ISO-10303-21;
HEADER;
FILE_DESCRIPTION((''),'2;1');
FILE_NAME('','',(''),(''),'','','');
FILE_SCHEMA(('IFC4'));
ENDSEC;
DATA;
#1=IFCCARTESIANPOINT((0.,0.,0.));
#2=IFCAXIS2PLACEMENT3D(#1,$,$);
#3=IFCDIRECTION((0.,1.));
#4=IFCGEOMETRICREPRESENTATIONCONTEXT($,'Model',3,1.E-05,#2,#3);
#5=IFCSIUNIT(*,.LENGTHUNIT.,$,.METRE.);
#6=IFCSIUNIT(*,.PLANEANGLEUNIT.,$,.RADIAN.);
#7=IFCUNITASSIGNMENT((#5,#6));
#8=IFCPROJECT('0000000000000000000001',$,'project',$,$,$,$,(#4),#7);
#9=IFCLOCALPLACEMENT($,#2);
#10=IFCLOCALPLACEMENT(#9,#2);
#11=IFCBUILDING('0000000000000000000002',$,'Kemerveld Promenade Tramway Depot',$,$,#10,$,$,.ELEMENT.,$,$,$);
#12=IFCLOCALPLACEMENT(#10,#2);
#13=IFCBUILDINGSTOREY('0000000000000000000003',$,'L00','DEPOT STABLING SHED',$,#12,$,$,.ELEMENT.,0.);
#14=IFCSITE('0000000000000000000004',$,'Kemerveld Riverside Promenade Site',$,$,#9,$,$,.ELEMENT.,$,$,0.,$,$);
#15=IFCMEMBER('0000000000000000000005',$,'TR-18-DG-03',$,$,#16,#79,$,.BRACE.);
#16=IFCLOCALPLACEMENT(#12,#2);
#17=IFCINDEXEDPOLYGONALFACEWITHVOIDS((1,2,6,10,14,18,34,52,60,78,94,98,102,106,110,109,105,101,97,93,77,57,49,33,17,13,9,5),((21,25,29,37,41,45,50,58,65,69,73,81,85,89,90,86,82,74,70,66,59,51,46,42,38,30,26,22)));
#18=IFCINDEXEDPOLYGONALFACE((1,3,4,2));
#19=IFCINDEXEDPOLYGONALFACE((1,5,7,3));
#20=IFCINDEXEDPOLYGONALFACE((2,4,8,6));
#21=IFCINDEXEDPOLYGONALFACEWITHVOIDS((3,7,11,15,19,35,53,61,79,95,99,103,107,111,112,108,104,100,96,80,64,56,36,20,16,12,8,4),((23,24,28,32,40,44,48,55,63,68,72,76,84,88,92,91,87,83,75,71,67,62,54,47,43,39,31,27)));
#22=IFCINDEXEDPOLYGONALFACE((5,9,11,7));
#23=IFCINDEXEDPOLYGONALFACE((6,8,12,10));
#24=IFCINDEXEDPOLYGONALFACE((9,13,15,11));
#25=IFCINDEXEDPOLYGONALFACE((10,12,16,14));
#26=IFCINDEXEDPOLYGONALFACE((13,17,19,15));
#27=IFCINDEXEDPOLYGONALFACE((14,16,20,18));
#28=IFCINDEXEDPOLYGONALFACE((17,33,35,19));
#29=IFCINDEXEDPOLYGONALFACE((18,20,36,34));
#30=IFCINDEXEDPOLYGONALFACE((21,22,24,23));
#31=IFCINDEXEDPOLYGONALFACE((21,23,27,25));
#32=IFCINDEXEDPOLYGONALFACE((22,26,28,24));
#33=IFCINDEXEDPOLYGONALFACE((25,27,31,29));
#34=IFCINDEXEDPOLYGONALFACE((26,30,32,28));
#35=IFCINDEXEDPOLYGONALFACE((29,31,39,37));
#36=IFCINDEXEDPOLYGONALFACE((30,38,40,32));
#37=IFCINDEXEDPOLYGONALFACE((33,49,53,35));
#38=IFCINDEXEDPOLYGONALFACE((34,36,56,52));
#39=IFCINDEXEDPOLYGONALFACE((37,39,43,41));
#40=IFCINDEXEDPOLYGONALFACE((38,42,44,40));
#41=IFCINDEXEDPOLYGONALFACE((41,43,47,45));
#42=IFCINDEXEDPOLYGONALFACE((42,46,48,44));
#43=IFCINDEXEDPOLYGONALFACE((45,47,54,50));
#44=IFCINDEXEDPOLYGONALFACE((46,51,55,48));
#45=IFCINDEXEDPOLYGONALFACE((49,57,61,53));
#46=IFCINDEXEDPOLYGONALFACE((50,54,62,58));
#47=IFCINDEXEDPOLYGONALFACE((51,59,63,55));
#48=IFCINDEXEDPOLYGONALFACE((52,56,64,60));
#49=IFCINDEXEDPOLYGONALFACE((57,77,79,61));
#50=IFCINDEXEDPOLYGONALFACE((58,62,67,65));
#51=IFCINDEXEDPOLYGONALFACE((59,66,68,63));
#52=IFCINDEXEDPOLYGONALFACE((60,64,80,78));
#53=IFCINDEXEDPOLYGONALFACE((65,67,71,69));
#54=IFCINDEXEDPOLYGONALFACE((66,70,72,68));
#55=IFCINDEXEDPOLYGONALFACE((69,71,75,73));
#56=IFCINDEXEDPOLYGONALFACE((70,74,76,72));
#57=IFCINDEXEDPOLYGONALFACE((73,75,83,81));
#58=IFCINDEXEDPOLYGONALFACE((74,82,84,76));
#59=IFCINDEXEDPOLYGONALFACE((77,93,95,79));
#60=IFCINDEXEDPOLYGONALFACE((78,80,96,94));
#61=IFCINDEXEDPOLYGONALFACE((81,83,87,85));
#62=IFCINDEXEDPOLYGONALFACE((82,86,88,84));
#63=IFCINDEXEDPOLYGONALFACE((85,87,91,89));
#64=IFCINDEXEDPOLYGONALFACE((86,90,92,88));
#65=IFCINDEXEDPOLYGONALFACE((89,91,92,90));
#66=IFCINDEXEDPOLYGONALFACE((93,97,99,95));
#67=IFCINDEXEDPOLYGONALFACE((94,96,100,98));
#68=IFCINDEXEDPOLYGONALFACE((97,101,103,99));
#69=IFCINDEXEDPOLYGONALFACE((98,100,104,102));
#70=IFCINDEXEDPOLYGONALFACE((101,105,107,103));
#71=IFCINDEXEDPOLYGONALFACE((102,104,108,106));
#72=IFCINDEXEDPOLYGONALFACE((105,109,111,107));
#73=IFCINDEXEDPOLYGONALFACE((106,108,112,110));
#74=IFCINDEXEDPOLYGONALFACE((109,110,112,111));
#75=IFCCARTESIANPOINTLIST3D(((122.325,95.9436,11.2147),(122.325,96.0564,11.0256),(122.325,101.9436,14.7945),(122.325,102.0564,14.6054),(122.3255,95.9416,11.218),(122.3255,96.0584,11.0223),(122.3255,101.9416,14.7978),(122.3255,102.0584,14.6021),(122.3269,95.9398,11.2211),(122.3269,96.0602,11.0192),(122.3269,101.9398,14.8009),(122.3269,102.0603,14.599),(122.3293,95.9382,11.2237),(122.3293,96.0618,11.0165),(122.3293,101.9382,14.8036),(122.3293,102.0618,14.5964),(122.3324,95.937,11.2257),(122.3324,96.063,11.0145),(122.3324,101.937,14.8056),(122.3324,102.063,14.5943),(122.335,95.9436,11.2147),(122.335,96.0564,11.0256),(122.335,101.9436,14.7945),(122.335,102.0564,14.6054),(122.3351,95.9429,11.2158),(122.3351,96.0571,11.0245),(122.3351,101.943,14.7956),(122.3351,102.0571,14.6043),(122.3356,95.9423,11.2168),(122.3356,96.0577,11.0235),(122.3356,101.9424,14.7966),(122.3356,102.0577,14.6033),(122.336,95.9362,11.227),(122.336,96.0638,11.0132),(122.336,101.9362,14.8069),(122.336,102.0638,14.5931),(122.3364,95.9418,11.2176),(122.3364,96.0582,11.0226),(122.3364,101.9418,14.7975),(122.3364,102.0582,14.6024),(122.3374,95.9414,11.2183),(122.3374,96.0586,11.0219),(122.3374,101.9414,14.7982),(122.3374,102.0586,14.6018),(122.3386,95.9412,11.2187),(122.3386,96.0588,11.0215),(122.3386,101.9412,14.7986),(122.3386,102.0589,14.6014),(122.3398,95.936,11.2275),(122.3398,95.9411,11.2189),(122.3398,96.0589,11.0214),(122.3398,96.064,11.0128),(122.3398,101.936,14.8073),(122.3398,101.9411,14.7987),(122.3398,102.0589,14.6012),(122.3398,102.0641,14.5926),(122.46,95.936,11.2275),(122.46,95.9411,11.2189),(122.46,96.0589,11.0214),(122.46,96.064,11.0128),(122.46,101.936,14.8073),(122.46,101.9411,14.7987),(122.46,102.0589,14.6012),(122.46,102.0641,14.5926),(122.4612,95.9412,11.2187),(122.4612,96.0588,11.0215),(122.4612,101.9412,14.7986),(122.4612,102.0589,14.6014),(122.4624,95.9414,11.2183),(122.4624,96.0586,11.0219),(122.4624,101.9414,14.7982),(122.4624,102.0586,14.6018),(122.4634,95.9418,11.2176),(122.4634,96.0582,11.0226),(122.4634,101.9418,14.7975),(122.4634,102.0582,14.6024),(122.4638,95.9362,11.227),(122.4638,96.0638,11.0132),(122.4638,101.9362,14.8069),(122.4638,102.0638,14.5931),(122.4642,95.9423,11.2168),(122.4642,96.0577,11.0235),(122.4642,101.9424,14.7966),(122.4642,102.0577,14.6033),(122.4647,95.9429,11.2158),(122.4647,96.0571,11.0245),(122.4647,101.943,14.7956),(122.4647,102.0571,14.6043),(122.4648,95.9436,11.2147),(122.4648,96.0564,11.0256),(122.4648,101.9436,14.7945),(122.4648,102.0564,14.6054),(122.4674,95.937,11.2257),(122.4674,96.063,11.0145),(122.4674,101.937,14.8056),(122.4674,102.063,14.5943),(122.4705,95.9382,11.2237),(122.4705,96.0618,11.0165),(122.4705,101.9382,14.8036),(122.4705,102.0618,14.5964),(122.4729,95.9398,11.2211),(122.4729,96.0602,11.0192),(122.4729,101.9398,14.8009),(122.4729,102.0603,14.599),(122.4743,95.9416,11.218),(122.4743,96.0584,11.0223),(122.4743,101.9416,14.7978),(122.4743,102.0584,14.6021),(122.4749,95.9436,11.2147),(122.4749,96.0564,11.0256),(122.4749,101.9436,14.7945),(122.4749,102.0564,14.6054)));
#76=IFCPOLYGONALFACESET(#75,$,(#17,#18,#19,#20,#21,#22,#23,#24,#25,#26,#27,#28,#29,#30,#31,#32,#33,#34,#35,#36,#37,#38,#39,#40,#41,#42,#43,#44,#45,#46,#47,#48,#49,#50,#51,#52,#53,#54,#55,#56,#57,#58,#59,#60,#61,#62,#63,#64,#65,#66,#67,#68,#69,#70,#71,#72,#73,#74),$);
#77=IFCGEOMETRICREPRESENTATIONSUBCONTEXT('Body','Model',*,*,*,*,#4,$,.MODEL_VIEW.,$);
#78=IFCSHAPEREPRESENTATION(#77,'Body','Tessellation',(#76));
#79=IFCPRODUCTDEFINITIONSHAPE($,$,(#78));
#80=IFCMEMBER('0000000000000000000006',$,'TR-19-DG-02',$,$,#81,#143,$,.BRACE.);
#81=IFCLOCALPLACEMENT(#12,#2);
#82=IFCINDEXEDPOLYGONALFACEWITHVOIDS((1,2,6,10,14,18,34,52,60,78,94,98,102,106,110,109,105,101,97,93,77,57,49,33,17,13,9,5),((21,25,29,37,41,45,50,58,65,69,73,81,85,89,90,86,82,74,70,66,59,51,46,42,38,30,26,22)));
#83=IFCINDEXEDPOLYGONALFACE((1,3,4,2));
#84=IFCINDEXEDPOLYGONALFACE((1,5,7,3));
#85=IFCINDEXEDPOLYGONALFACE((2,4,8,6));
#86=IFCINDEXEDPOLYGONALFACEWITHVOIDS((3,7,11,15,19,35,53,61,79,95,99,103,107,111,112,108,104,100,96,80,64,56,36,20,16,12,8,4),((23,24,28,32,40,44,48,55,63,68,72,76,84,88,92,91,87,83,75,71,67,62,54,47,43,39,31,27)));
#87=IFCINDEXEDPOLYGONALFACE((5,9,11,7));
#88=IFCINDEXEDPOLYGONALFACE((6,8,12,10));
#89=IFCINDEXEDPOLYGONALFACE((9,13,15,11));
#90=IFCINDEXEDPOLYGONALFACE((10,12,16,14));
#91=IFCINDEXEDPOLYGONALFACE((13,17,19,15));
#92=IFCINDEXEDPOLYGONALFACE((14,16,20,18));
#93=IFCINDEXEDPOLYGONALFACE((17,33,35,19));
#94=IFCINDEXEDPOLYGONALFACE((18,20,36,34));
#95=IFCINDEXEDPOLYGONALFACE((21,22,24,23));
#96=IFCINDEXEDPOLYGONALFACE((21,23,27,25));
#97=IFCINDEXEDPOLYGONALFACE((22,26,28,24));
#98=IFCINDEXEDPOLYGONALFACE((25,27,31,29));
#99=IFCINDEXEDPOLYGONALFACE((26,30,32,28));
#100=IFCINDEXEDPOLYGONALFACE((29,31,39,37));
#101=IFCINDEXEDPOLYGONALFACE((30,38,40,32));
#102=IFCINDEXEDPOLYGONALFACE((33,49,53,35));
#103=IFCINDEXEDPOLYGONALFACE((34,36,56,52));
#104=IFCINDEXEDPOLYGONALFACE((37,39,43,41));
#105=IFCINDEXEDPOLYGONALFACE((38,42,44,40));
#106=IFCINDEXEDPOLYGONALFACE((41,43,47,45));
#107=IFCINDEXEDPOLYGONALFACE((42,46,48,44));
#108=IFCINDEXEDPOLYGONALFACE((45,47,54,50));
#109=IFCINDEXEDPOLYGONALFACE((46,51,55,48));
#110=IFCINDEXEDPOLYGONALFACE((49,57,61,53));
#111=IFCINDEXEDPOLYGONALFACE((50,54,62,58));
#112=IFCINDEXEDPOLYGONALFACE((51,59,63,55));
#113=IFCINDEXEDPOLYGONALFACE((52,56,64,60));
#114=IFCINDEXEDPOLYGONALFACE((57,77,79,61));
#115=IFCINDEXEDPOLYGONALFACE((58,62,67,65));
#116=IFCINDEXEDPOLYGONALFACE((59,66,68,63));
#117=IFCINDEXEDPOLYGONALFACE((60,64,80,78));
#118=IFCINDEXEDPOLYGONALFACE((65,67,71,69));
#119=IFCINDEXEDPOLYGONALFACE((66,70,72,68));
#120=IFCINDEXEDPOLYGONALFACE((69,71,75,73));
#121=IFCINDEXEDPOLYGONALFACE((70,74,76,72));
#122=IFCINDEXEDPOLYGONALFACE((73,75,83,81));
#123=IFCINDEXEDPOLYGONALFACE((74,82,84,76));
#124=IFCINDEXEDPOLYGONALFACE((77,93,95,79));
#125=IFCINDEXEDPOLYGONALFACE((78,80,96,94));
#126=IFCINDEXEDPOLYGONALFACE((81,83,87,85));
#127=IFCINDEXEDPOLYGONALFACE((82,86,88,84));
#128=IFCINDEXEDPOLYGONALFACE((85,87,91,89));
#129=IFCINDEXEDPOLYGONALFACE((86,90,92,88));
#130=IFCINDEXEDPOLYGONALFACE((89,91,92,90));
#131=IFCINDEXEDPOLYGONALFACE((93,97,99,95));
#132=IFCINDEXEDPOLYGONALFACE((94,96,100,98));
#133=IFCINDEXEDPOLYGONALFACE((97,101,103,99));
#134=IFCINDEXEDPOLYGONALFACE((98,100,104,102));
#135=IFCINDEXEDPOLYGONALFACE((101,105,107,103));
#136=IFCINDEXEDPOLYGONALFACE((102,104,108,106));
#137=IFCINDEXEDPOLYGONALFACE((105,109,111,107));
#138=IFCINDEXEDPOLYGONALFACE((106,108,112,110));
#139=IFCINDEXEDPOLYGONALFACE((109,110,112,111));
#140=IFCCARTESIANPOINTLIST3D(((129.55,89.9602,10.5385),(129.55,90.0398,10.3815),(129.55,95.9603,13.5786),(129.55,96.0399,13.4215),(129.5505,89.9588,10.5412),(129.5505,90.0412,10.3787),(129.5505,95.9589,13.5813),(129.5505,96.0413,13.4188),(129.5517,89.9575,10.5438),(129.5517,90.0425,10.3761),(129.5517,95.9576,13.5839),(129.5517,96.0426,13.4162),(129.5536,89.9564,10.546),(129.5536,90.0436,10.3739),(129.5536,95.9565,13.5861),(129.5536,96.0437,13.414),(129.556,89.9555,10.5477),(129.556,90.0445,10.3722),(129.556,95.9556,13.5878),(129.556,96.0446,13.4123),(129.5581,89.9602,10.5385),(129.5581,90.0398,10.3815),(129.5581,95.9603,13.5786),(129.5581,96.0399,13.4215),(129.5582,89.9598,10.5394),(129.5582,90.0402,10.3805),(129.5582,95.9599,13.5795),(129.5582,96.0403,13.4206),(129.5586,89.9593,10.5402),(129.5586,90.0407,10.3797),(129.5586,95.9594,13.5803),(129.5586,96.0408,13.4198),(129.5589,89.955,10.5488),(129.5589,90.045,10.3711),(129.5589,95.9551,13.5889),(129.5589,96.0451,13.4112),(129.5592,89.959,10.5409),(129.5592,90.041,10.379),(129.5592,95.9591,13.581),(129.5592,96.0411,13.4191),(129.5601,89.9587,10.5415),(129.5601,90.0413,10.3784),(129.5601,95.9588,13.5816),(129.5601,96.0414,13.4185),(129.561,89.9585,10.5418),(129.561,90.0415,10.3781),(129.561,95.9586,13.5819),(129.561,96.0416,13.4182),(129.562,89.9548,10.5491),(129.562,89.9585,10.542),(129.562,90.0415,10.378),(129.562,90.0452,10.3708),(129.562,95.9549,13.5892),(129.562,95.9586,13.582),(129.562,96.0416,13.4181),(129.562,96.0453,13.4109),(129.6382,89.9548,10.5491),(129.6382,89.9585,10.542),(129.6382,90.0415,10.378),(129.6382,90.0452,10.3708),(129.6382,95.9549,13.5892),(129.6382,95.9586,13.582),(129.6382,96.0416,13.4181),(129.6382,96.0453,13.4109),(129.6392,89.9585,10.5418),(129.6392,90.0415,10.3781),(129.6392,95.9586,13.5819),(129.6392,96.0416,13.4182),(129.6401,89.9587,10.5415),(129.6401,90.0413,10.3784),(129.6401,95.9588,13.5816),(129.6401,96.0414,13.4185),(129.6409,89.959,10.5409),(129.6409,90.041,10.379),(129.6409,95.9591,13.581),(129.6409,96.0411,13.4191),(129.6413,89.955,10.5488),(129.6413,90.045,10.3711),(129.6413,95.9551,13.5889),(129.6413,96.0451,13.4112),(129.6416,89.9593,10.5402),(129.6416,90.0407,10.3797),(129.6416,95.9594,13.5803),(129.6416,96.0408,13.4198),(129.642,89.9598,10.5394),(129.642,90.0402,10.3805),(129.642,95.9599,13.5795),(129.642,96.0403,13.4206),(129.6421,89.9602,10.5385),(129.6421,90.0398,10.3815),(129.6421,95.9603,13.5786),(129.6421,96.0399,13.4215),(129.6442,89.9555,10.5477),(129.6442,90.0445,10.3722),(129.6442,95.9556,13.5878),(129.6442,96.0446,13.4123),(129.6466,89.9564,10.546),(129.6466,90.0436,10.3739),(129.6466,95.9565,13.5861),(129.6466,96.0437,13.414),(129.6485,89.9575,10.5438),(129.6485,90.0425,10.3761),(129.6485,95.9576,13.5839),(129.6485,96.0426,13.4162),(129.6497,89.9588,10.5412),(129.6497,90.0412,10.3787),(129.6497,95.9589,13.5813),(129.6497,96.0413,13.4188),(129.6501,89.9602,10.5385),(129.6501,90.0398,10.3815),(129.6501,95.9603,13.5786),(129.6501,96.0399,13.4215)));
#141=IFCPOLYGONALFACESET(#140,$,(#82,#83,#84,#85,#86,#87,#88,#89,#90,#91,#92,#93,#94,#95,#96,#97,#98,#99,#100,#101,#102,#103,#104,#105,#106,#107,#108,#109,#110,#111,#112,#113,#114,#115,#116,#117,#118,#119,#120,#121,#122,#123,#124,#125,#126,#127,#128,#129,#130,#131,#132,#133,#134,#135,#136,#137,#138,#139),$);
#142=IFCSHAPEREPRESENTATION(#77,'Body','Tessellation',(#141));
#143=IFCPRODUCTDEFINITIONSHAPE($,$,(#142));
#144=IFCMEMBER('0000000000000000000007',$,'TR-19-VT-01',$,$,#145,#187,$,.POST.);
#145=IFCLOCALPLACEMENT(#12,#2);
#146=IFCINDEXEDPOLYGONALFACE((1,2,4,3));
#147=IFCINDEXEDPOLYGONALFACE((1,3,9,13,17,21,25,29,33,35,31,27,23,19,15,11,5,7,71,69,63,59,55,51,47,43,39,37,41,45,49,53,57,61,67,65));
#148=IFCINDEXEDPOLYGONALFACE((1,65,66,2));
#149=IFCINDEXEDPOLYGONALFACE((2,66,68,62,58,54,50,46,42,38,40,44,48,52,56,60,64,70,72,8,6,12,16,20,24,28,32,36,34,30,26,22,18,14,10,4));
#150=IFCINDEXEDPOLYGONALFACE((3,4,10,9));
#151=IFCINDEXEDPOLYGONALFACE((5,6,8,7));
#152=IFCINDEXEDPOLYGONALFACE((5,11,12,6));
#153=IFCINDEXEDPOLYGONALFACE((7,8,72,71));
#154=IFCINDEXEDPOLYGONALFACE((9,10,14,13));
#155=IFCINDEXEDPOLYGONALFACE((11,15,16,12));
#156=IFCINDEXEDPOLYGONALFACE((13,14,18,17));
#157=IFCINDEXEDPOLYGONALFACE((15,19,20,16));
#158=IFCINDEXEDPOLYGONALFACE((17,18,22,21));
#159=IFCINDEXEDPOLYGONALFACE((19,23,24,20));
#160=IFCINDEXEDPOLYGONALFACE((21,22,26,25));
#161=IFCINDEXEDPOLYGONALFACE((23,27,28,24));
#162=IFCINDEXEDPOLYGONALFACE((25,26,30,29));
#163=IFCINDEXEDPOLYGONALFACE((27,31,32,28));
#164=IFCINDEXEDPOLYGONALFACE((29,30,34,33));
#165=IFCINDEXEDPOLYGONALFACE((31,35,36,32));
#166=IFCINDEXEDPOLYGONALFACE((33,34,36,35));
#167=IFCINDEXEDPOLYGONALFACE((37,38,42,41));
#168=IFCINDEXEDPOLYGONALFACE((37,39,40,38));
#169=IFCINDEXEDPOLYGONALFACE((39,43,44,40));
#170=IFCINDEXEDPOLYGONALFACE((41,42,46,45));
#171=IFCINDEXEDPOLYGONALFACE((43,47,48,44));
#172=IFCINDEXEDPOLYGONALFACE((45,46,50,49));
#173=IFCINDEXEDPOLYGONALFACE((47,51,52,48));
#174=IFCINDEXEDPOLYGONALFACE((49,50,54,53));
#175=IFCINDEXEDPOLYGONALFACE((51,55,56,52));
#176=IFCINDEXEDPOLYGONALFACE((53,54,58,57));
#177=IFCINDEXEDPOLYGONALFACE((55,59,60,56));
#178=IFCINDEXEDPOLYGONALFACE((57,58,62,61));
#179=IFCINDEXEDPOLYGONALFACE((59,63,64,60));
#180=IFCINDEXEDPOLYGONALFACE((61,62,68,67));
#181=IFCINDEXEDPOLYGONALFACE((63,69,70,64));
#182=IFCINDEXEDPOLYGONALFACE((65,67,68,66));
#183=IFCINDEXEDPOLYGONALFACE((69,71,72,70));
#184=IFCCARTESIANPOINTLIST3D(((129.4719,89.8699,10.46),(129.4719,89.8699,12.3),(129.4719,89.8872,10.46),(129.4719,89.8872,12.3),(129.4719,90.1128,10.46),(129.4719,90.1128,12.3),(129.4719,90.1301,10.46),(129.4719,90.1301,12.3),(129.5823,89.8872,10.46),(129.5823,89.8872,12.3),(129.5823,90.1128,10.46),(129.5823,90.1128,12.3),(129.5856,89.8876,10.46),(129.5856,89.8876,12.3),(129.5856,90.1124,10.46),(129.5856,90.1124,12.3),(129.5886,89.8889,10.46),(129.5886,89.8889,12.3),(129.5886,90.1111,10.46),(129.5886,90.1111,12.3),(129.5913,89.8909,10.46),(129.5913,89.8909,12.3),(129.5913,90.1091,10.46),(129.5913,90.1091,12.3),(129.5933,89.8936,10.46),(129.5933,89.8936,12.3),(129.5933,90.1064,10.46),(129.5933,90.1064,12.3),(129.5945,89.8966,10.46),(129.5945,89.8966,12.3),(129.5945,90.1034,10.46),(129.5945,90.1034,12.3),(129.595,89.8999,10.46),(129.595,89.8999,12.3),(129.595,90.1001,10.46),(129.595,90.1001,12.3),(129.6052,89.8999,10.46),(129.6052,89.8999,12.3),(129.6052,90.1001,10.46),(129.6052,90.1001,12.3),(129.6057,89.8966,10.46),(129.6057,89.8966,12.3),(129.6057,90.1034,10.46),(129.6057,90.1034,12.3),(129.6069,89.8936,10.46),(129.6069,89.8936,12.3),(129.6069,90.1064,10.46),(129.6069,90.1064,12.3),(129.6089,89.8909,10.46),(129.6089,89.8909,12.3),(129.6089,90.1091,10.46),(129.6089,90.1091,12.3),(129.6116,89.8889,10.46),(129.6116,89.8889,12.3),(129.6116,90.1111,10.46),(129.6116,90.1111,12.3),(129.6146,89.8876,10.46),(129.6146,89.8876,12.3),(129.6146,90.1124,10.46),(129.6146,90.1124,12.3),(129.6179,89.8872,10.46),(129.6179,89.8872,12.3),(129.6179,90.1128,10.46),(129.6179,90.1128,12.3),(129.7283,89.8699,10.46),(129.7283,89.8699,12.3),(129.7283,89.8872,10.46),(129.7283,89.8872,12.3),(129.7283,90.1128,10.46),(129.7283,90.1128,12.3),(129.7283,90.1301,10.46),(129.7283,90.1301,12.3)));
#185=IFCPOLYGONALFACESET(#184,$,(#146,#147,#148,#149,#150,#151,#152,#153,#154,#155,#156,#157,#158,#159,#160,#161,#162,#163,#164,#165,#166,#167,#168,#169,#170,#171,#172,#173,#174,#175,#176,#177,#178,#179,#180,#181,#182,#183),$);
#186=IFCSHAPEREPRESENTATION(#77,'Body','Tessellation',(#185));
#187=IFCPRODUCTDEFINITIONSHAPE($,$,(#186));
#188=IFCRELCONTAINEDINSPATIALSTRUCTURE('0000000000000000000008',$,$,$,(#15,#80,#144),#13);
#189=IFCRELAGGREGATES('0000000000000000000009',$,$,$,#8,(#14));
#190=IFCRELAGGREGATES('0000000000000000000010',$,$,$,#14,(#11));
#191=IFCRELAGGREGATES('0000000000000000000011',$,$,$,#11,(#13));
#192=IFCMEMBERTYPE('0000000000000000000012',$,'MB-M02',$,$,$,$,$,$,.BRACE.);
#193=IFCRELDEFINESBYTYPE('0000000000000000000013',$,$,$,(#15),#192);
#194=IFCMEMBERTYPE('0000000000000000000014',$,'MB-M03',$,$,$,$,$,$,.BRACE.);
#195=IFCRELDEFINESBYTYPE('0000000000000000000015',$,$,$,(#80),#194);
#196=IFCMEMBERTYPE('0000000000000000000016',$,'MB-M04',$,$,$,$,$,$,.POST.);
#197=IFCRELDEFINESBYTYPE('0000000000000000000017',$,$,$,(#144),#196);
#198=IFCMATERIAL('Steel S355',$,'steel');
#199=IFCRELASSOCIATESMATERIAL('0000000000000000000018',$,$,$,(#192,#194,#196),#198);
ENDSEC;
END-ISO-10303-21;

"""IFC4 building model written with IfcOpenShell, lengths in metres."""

from ifc_helpers import new_model, si_unit, direction, frame, origin, origin_2d, place, context, subcontext, project, spatial, hollow_rectangle, i_section, extrude, material, material_profile, profile_set, type_object, element, save


model = new_model("IFC4")

# Units and contexts
model_context = context("Model", 3, precision=1e-05, world=origin(), true_north=direction((0.0, 1.0)))
body_context = subcontext(model_context, "Body", "Model", "MODEL_VIEW")
ifc_project = project(units=[si_unit("LENGTHUNIT", "METRE"), si_unit("PLANEANGLEUNIT", "RADIAN")], contexts=[model_context])

# Site, building, storey
site_placement = place(None, origin())
site = spatial("IfcSite", under=ifc_project, at=site_placement, Name="Kemerveld Riverside Promenade Site", CompositionType="ELEMENT", RefElevation=0.0)
building_placement = place(site_placement, origin())
building = spatial("IfcBuilding", under=site, at=building_placement, Name="Kemerveld Promenade Tramway Depot", CompositionType="ELEMENT")
storey_placement = place(building_placement, origin())
storey = spatial("IfcBuildingStorey", under=building, at=storey_placement, Name="L00", Description="DEPOT STABLING SHED", CompositionType="ELEMENT", Elevation=0.0)

# Members
ifc_material_1 = material(Name="Steel S355", Category="steel")
ifc_material_profile_1 = material_profile(ifc_material_1, hollow_rectangle(XDim=0.1499, YDim=0.25, WallThickness=0.01, InnerFilletRadius=0.0049, OuterFilletRadius=0.0149, at=origin_2d()), Name="250x150x10.0 RHS")
ifc_profile_set_1 = profile_set([ifc_material_profile_1], Name="Steel S355")
member_type_1 = type_object("IfcMemberType", Name="MB-M02", PredefinedType="BRACE", material=ifc_profile_set_1)
member_1_placement = place(storey_placement, frame((122.3999, 96.0, 11.1201), z_axis=(0.0, 0.858764, 0.512372), x_axis=(-1.0, 0.0, 0.0)))
element("IfcMember", 1, at=member_1_placement, inside=storey, type_object=member_type_1, Name="TR-18-DG-03", PredefinedType="BRACE", context=body_context, shape_type="SweptSolid", body=[
    extrude(hollow_rectangle(XDim=0.1499, YDim=0.25, WallThickness=0.01, InnerFilletRadius=0.0049, OuterFilletRadius=0.0149, at=origin_2d()), origin(), (0.0, 0.0, 1.0), 6.9868),
])
ifc_material_profile_2 = material_profile(ifc_material_1, hollow_rectangle(XDim=0.1001, YDim=0.2, WallThickness=0.0081, InnerFilletRadius=0.0039, OuterFilletRadius=0.012, at=origin_2d()), Name="200x100x8.0 RHS")
ifc_profile_set_2 = profile_set([ifc_material_profile_2], Name="Steel S355")
member_type_2 = type_object("IfcMemberType", Name="MB-M03", PredefinedType="BRACE", material=ifc_profile_set_2)
member_2_placement = place(storey_placement, frame((129.6001, 90.0, 10.46), z_axis=(0.0, 0.892033, 0.451969), x_axis=(-1.0, 0.0, 0.0)))
element("IfcMember", 2, at=member_2_placement, inside=storey, type_object=member_type_2, Name="TR-19-DG-02", PredefinedType="BRACE", context=body_context, shape_type="SweptSolid", body=[
    extrude(hollow_rectangle(XDim=0.1001, YDim=0.2, WallThickness=0.0081, InnerFilletRadius=0.0039, OuterFilletRadius=0.012, at=origin_2d()), origin(), (0.0, 0.0, 1.0), 6.7263),
])
ifc_material_profile_3 = material_profile(ifc_material_1, i_section(OverallWidth=0.2563, OverallDepth=0.2603, WebThickness=0.0103, FlangeThickness=0.0173, FilletRadius=0.0127, at=origin_2d()), Name="254x254x89 UC")
ifc_profile_set_3 = profile_set([ifc_material_profile_3], Name="Steel S355")
member_type_3 = type_object("IfcMemberType", Name="MB-M04", PredefinedType="POST", material=ifc_profile_set_3)
member_3_placement = place(storey_placement, frame((129.6001, 90.0, 10.46), z_axis=(0.0, 0.0, 1.0), x_axis=(1.0, 0.0, 0.0)))
element("IfcMember", 3, at=member_3_placement, inside=storey, type_object=member_type_3, Name="TR-19-VT-01", PredefinedType="POST", context=body_context, shape_type="SweptSolid", body=[
    extrude(i_section(OverallWidth=0.2563, OverallDepth=0.2603, WebThickness=0.0103, FlangeThickness=0.0173, FilletRadius=0.0127, at=origin_2d()), origin(), (0.0, 0.0, 1.0), 1.8401),
])

save(model, "model.ifc")
